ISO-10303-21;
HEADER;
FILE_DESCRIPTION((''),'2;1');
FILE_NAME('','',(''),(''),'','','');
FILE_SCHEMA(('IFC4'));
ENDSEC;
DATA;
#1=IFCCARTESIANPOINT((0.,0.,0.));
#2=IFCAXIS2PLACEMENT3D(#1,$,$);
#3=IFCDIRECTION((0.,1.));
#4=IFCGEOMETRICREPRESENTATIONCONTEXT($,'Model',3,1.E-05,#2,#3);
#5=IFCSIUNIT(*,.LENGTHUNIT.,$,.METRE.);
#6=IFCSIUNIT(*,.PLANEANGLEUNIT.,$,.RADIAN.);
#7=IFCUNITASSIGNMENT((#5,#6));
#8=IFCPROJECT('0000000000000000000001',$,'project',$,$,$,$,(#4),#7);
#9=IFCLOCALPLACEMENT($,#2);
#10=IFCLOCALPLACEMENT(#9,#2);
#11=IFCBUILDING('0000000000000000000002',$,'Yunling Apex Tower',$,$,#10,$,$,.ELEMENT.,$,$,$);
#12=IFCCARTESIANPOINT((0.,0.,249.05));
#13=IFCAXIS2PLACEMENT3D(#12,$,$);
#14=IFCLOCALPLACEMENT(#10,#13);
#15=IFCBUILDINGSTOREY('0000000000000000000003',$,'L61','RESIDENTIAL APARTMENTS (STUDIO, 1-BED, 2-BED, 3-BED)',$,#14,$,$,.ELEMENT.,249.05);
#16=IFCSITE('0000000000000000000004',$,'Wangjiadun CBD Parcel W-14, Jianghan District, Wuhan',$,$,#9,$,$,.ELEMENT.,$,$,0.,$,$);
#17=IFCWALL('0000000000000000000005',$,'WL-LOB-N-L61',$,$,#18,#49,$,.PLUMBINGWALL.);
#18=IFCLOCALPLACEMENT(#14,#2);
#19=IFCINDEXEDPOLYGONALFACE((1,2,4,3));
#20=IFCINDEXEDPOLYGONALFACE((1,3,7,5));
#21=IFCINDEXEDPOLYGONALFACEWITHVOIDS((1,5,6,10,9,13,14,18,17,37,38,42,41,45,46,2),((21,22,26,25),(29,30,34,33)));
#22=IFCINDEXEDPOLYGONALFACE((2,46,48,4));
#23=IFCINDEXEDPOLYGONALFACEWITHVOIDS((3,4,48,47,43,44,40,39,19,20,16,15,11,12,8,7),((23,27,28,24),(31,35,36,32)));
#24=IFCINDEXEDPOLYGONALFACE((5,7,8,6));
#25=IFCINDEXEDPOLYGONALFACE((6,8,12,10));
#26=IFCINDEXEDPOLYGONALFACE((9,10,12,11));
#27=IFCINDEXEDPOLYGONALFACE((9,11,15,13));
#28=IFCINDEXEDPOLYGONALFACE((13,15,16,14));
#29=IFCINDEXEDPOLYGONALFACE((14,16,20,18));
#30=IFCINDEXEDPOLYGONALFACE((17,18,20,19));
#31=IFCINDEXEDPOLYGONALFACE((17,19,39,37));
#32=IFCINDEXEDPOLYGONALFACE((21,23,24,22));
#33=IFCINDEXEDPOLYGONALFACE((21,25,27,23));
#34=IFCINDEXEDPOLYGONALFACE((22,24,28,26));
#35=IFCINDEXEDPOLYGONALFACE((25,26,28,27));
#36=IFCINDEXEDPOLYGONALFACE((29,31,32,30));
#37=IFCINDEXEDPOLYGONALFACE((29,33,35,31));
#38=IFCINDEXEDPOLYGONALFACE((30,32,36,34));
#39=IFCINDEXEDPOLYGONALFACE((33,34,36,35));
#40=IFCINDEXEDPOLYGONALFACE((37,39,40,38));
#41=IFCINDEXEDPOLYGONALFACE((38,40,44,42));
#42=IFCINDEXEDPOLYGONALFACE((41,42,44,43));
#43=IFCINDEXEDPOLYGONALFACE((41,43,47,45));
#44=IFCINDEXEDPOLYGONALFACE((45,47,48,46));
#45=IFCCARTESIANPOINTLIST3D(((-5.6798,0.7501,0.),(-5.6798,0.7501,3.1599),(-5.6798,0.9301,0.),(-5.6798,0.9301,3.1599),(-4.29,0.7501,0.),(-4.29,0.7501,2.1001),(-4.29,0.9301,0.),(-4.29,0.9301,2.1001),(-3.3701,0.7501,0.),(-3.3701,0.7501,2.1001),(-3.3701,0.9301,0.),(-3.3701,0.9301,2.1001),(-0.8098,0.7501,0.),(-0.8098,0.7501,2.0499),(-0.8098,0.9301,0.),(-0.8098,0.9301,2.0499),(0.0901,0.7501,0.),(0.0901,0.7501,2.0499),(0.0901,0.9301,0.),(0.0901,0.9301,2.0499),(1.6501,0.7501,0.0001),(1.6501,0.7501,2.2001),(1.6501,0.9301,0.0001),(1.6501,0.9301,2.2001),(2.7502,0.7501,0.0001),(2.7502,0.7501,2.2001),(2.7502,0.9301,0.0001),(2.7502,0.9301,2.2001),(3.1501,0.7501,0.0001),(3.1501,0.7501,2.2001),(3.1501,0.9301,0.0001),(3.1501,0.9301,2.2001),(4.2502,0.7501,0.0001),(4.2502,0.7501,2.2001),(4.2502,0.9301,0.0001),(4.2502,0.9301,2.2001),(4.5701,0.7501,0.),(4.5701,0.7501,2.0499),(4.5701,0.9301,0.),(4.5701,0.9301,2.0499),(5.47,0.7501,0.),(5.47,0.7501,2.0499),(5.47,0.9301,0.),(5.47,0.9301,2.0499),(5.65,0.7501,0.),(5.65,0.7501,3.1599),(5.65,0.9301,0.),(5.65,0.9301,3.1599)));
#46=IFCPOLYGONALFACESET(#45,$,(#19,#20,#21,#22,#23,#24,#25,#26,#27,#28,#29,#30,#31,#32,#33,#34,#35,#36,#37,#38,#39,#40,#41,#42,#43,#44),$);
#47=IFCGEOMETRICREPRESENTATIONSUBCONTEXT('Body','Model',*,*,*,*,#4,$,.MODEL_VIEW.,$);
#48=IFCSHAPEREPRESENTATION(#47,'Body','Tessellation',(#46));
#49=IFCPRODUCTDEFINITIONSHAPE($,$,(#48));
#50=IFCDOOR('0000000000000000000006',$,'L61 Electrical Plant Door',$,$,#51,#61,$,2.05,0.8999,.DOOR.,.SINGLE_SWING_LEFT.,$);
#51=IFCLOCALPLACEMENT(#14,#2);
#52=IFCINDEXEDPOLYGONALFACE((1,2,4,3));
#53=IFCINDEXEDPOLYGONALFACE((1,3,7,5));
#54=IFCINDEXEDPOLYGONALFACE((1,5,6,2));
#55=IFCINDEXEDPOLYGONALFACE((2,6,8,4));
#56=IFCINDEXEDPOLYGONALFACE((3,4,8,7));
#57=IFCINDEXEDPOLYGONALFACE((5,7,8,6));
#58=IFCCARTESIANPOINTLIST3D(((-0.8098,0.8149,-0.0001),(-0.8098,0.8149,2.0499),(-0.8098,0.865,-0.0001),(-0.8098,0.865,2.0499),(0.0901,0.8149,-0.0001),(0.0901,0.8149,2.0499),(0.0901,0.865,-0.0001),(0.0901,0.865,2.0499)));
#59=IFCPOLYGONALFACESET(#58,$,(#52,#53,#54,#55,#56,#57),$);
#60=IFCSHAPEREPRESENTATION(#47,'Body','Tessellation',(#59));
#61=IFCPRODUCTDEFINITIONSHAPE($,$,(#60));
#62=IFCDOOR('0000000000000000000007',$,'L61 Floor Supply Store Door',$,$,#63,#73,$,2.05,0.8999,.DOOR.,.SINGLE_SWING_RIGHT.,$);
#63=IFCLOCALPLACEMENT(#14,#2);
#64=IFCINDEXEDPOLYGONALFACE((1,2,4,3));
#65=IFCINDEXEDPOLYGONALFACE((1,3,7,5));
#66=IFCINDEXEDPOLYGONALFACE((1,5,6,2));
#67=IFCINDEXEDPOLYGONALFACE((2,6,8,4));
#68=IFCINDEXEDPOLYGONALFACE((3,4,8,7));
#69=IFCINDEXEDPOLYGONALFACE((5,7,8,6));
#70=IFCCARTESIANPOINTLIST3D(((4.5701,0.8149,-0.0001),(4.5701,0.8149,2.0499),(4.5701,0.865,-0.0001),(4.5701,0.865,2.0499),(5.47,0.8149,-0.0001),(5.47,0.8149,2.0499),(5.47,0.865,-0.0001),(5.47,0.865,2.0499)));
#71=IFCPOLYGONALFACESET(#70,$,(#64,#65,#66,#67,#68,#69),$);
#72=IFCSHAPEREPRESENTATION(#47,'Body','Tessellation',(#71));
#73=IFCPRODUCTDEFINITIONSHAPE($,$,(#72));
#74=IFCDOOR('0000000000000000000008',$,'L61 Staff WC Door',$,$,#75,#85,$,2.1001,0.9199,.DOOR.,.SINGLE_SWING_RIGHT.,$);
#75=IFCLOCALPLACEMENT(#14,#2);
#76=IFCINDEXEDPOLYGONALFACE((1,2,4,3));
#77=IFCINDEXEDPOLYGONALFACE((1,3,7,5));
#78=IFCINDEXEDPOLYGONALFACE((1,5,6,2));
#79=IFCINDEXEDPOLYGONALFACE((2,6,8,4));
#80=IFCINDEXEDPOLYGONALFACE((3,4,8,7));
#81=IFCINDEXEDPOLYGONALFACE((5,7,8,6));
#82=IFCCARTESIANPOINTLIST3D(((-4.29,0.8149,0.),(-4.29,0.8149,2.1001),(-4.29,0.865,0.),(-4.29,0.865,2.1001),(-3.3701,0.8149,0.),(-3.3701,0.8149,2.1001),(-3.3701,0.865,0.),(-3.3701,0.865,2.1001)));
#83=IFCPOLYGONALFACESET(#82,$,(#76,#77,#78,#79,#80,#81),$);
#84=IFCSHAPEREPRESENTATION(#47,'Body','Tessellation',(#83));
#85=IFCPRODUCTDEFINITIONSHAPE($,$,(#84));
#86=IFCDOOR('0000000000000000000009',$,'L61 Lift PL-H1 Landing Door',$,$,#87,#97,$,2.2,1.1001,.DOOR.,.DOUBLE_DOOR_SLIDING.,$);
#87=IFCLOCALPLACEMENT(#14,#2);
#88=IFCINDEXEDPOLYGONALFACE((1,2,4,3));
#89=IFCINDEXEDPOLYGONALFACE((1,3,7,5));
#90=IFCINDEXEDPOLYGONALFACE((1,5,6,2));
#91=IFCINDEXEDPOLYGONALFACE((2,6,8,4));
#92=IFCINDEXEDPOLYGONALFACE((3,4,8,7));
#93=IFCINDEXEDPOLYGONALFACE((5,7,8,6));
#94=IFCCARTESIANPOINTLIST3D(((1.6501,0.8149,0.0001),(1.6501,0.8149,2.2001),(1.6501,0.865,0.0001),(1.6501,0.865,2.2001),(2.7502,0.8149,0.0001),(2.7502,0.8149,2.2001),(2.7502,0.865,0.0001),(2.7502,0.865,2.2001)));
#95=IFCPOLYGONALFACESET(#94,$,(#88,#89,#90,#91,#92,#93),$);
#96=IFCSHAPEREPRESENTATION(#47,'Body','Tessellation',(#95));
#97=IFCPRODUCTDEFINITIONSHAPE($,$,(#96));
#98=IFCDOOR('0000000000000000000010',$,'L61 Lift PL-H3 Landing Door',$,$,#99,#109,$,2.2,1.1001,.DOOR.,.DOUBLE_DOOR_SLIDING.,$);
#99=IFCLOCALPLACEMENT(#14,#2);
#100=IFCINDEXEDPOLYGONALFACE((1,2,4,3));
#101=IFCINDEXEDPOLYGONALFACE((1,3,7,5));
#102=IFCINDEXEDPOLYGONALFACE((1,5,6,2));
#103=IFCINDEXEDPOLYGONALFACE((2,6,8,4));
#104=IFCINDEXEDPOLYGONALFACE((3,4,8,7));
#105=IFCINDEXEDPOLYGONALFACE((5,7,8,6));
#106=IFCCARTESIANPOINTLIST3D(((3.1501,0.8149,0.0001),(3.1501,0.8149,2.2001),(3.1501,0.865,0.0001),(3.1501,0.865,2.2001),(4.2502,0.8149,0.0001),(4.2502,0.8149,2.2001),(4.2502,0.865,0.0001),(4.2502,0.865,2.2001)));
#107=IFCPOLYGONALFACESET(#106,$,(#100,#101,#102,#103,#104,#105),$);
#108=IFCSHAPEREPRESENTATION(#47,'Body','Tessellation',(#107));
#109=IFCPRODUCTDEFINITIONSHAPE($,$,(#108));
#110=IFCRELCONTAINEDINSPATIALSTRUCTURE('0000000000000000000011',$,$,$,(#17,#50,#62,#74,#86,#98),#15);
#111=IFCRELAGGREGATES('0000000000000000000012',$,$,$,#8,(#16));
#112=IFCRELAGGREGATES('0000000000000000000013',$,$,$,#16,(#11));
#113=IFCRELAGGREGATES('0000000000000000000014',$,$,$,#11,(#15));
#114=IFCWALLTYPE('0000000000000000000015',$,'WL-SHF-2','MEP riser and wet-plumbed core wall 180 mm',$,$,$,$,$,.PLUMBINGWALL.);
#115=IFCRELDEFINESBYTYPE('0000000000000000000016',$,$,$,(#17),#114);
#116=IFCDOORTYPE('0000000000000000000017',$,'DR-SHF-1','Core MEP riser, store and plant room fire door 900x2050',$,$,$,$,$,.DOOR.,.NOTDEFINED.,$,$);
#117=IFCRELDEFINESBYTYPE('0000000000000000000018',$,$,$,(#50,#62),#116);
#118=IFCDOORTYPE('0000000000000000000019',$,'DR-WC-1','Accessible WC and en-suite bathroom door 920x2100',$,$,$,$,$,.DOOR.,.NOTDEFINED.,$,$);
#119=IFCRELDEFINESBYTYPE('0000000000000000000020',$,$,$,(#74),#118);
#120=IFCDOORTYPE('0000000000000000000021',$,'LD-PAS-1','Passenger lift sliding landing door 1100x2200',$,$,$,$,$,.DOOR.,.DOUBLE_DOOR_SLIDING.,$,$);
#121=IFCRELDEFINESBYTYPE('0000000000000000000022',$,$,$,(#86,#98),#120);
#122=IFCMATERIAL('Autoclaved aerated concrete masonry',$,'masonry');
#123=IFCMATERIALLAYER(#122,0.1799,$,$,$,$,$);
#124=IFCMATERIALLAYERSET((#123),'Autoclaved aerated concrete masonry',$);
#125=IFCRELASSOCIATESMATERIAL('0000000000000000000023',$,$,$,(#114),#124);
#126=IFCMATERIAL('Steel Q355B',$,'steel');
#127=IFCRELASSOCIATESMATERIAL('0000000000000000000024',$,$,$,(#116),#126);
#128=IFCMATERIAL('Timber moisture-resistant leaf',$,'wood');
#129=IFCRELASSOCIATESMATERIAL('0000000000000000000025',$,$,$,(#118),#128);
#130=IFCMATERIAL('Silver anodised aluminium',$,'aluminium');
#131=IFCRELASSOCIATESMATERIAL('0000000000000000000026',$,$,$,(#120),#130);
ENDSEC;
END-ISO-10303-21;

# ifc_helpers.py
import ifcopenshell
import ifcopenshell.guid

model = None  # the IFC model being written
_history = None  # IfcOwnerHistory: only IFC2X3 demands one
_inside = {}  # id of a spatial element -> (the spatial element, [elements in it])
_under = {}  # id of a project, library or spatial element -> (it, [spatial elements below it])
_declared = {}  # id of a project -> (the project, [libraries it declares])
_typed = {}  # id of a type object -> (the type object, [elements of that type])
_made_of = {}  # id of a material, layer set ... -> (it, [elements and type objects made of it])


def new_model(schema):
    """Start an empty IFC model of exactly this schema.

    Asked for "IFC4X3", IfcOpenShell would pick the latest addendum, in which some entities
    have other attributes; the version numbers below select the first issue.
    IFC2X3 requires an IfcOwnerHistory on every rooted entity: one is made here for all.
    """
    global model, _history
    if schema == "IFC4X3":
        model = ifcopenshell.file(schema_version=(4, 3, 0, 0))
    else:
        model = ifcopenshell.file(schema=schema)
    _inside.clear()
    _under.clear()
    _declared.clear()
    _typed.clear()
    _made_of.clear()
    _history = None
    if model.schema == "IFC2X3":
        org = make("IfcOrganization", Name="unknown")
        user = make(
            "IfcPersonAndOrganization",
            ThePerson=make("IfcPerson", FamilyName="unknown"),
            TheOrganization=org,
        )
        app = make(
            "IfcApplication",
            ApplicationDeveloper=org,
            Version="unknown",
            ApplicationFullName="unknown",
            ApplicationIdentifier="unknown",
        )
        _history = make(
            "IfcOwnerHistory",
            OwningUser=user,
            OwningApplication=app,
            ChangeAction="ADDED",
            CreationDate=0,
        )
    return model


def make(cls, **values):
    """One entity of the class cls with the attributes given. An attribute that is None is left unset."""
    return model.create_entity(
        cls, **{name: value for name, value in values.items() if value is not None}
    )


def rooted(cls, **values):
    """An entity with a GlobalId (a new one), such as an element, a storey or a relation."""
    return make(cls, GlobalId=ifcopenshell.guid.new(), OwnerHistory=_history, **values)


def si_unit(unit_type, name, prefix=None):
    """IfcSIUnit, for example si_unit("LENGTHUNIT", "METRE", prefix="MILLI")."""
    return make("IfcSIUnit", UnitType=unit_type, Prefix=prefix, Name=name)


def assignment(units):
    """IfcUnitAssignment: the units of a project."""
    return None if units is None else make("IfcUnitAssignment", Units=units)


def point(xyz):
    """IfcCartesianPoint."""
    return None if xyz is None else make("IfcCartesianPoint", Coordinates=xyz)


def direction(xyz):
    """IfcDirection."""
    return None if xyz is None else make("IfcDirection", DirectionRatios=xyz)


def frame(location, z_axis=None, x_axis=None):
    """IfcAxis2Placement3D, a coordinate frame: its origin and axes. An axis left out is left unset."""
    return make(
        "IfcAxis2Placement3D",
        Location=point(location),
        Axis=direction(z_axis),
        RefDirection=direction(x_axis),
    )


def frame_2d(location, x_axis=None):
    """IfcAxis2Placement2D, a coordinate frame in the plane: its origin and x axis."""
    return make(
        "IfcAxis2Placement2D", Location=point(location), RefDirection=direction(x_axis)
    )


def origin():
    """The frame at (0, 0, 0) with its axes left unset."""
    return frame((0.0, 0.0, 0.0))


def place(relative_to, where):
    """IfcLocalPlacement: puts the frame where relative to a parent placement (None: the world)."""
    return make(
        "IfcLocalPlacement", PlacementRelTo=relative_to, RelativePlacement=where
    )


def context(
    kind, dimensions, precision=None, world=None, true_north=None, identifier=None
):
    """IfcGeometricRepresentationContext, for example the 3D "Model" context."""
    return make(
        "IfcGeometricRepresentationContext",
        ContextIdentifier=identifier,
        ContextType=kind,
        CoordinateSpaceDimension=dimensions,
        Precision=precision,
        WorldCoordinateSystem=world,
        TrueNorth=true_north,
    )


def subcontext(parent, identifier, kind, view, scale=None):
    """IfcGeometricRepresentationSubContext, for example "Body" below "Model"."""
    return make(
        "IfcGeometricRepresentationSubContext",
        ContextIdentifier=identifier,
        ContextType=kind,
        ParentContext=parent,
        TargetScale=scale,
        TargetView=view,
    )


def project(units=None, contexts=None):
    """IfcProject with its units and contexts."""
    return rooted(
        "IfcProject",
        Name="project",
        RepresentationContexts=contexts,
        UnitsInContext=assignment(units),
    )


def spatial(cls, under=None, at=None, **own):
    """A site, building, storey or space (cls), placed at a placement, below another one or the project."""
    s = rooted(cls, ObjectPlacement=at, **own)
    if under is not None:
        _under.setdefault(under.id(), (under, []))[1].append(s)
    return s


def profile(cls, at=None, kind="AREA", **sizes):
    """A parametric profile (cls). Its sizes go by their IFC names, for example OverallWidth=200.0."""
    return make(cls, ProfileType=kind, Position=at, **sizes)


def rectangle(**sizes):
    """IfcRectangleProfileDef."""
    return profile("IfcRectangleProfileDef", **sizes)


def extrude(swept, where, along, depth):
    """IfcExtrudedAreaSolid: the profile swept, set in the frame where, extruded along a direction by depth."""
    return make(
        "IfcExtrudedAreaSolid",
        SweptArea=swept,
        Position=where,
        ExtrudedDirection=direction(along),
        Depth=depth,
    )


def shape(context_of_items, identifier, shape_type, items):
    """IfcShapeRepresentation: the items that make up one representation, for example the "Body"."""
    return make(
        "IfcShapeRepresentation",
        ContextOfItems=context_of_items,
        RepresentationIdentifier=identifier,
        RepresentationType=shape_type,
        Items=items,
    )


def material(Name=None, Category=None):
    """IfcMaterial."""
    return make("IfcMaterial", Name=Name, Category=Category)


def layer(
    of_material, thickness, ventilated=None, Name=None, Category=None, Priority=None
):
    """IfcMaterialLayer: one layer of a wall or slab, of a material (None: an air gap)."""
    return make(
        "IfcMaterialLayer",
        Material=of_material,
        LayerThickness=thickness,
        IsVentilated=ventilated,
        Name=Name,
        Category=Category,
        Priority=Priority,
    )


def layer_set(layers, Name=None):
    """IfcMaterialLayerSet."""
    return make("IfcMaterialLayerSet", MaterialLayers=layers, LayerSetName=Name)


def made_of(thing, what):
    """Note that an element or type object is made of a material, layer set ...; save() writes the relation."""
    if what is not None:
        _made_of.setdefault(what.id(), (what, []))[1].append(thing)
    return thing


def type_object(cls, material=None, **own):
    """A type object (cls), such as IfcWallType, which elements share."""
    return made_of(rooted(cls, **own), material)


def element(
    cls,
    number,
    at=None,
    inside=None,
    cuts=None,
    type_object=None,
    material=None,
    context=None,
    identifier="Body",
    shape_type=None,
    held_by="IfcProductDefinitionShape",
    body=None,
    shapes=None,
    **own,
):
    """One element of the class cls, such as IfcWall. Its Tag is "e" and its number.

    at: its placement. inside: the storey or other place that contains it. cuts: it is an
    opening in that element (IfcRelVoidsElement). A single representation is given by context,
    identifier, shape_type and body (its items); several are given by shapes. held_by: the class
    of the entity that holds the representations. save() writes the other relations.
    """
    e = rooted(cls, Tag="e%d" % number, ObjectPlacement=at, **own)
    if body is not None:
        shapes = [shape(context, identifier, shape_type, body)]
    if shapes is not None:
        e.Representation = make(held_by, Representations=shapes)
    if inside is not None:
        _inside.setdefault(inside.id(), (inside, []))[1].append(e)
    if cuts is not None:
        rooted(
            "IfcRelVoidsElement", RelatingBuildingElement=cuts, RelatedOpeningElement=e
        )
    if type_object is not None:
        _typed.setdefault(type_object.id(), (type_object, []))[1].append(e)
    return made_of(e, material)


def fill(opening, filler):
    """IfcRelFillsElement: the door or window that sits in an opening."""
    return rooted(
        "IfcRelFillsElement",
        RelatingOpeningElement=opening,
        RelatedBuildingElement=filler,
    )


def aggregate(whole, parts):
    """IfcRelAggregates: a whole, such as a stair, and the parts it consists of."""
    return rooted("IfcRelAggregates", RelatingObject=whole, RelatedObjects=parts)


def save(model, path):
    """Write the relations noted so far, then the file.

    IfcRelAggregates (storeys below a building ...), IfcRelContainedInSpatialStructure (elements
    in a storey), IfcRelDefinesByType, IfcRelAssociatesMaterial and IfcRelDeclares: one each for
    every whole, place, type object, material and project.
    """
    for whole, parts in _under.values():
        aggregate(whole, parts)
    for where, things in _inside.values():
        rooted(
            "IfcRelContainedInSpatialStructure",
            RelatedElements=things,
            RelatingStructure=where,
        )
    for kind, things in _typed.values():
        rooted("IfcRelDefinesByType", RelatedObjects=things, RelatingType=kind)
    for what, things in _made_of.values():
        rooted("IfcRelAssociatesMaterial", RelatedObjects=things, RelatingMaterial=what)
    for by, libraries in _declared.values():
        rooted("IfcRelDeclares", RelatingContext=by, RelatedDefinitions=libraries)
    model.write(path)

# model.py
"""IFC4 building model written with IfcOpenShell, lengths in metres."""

from ifc_helpers import new_model, si_unit, direction, frame, frame_2d, origin, place, context, subcontext, project, spatial, rectangle, extrude, material, layer, layer_set, type_object, element, fill, save


model = new_model("IFC4")

# Units and contexts
model_context = context("Model", 3, precision=1e-05, world=origin(), true_north=direction((0.0, 1.0)))
body_context = subcontext(model_context, "Body", "Model", "MODEL_VIEW")
ifc_project = project(units=[si_unit("LENGTHUNIT", "METRE"), si_unit("PLANEANGLEUNIT", "RADIAN")], contexts=[model_context])

# Site, building, storey
site_placement = place(None, origin())
site = spatial("IfcSite", under=ifc_project, at=site_placement, Name="Wangjiadun CBD Parcel W-14, Jianghan District, Wuhan", CompositionType="ELEMENT", RefElevation=0.0)
building_placement = place(site_placement, origin())
building = spatial("IfcBuilding", under=site, at=building_placement, Name="Yunling Apex Tower", CompositionType="ELEMENT")
storey_placement = place(building_placement, frame((0.0, 0.0, 249.05)))
storey = spatial("IfcBuildingStorey", under=building, at=storey_placement, Name="L61", Description="RESIDENTIAL APARTMENTS (STUDIO, 1-BED, 2-BED, 3-BED)", CompositionType="ELEMENT", Elevation=249.05)

# Shared definitions
ifc_material_1 = material(Name="Steel Q355B", Category="steel")

# Shared definitions
ifc_material_2 = material(Name="Autoclaved aerated concrete masonry", Category="masonry")

# Wall, openings, doors
ifc_layer_1 = layer(ifc_material_2, 0.1799)
ifc_layer_set_1 = layer_set([ifc_layer_1], Name="Autoclaved aerated concrete masonry")
wall_type_1 = type_object("IfcWallType", Name="WL-SHF-2", Description="MEP riser and wet-plumbed core wall 180 mm", PredefinedType="PLUMBINGWALL", material=ifc_layer_set_1)
wall_1_placement = place(storey_placement, frame((-5.6799, 0.8401, 0.0), z_axis=(0.0, 0.0, 1.0), x_axis=(1.0, 0.0, 0.0)))
wall_1 = element("IfcWall", 1, at=wall_1_placement, inside=storey, type_object=wall_type_1, Name="WL-LOB-N-L61", PredefinedType="PLUMBINGWALL", context=body_context, shape_type="SweptSolid", body=[
    extrude(rectangle(XDim=11.3298, YDim=0.1799, at=frame_2d((5.665, 0.0))), origin(), (0.0, 0.0, 1.0), 3.1599),
])
opening_1_placement = place(wall_1_placement, frame((1.3899, 0.0, 0.0)))
opening_1 = element("IfcOpeningElement", 2, at=opening_1_placement, cuts=wall_1, PredefinedType="OPENING", context=body_context, shape_type="SweptSolid", body=[
    extrude(rectangle(XDim=0.9199, YDim=2.1001, at=frame_2d((0.46, 1.05))), frame((0.0, 0.1001, 0.0), z_axis=(0.0, -1.0, 0.0), x_axis=(1.0, 0.0, 0.0)), (0.0, 0.0, 1.0), 0.2),
])
opening_2_placement = place(wall_1_placement, frame((4.8701, 0.0, 0.0)))
opening_2 = element("IfcOpeningElement", 3, at=opening_2_placement, cuts=wall_1, PredefinedType="OPENING", context=body_context, shape_type="SweptSolid", body=[
    extrude(rectangle(XDim=0.8999, YDim=2.05, at=frame_2d((0.45, 1.0249))), frame((0.0, 0.1001, 0.0), z_axis=(0.0, -1.0, 0.0), x_axis=(1.0, 0.0, 0.0)), (0.0, 0.0, 1.0), 0.2),
])
opening_3_placement = place(wall_1_placement, frame((7.3301, 0.0, 0.0)))
opening_3 = element("IfcOpeningElement", 4, at=opening_3_placement, cuts=wall_1, PredefinedType="OPENING", context=body_context, shape_type="SweptSolid", body=[
    extrude(rectangle(XDim=1.1001, YDim=2.2, at=frame_2d((0.55, 1.1001))), frame((0.0, 0.1001, 0.0), z_axis=(0.0, -1.0, 0.0), x_axis=(1.0, 0.0, 0.0)), (0.0, 0.0, 1.0), 0.2),
])
opening_4_placement = place(wall_1_placement, frame((8.8301, 0.0, 0.0)))
opening_4 = element("IfcOpeningElement", 5, at=opening_4_placement, cuts=wall_1, PredefinedType="OPENING", context=body_context, shape_type="SweptSolid", body=[
    extrude(rectangle(XDim=1.1001, YDim=2.2, at=frame_2d((0.55, 1.1001))), frame((0.0, 0.1001, 0.0), z_axis=(0.0, -1.0, 0.0), x_axis=(1.0, 0.0, 0.0)), (0.0, 0.0, 1.0), 0.2),
])
opening_5_placement = place(wall_1_placement, frame((10.25, 0.0, 0.0)))
opening_5 = element("IfcOpeningElement", 6, at=opening_5_placement, cuts=wall_1, PredefinedType="OPENING", context=body_context, shape_type="SweptSolid", body=[
    extrude(rectangle(XDim=0.8999, YDim=2.05, at=frame_2d((0.45, 1.0249))), frame((0.0, 0.1001, 0.0), z_axis=(0.0, -1.0, 0.0), x_axis=(1.0, 0.0, 0.0)), (0.0, 0.0, 1.0), 0.2),
])
door_type_1 = type_object("IfcDoorType", Name="DR-SHF-1", Description="Core MEP riser, store and plant room fire door 900x2050", OperationType="NOTDEFINED", PredefinedType="DOOR", material=ifc_material_1)
door_1_placement = place(opening_2_placement, origin())
door_1 = element("IfcDoor", 7, at=door_1_placement, inside=storey, type_object=door_type_1, Name="L61 Electrical Plant Door", OperationType="SINGLE_SWING_LEFT", OverallHeight=2.05, OverallWidth=0.8999, PredefinedType="DOOR", context=body_context, shape_type="SweptSolid", body=[
    extrude(rectangle(XDim=0.8999, YDim=2.05, at=frame_2d((0.45, 1.0249))), frame((0.0, 0.0249, 0.0), z_axis=(0.0, -1.0, 0.0), x_axis=(1.0, 0.0, 0.0)), (0.0, 0.0, 1.0), 0.05),
])
fill(opening_2, door_1)
door_2_placement = place(opening_5_placement, origin())
door_2 = element("IfcDoor", 8, at=door_2_placement, inside=storey, type_object=door_type_1, Name="L61 Floor Supply Store Door", OperationType="SINGLE_SWING_RIGHT", OverallHeight=2.05, OverallWidth=0.8999, PredefinedType="DOOR", context=body_context, shape_type="SweptSolid", body=[
    extrude(rectangle(XDim=0.8999, YDim=2.05, at=frame_2d((0.45, 1.0249))), frame((0.0, 0.0249, 0.0), z_axis=(0.0, -1.0, 0.0), x_axis=(1.0, 0.0, 0.0)), (0.0, 0.0, 1.0), 0.05),
])
fill(opening_5, door_2)
ifc_material_3 = material(Name="Timber moisture-resistant leaf", Category="wood")
door_type_2 = type_object("IfcDoorType", Name="DR-WC-1", Description="Accessible WC and en-suite bathroom door 920x2100", OperationType="NOTDEFINED", PredefinedType="DOOR", material=ifc_material_3)
door_3_placement = place(opening_1_placement, origin())
door_3 = element("IfcDoor", 9, at=door_3_placement, inside=storey, type_object=door_type_2, Name="L61 Staff WC Door", OperationType="SINGLE_SWING_RIGHT", OverallHeight=2.1001, OverallWidth=0.9199, PredefinedType="DOOR", context=body_context, shape_type="SweptSolid", body=[
    extrude(rectangle(XDim=0.9199, YDim=2.1001, at=frame_2d((0.46, 1.05))), frame((0.0, 0.0249, 0.0), z_axis=(0.0, -1.0, 0.0), x_axis=(1.0, 0.0, 0.0)), (0.0, 0.0, 1.0), 0.05),
])
fill(opening_1, door_3)
ifc_material_4 = material(Name="Silver anodised aluminium", Category="aluminium")
door_type_3 = type_object("IfcDoorType", Name="LD-PAS-1", Description="Passenger lift sliding landing door 1100x2200", OperationType="DOUBLE_DOOR_SLIDING", PredefinedType="DOOR", material=ifc_material_4)
door_4_placement = place(opening_3_placement, origin())
door_4 = element("IfcDoor", 10, at=door_4_placement, inside=storey, type_object=door_type_3, Name="L61 Lift PL-H1 Landing Door", OperationType="DOUBLE_DOOR_SLIDING", OverallHeight=2.2, OverallWidth=1.1001, PredefinedType="DOOR", context=body_context, shape_type="SweptSolid", body=[
    extrude(rectangle(XDim=1.1001, YDim=2.2, at=frame_2d((0.55, 1.1001))), frame((0.0, 0.0249, 0.0), z_axis=(0.0, -1.0, 0.0), x_axis=(1.0, 0.0, 0.0)), (0.0, 0.0, 1.0), 0.05),
])
fill(opening_3, door_4)
door_5_placement = place(opening_4_placement, origin())
door_5 = element("IfcDoor", 11, at=door_5_placement, inside=storey, type_object=door_type_3, Name="L61 Lift PL-H3 Landing Door", OperationType="DOUBLE_DOOR_SLIDING", OverallHeight=2.2, OverallWidth=1.1001, PredefinedType="DOOR", context=body_context, shape_type="SweptSolid", body=[
    extrude(rectangle(XDim=1.1001, YDim=2.2, at=frame_2d((0.55, 1.1001))), frame((0.0, 0.0249, 0.0), z_axis=(0.0, -1.0, 0.0), x_axis=(1.0, 0.0, 0.0)), (0.0, 0.0, 1.0), 0.05),
])
fill(opening_4, door_5)

save(model, "model.ifc")
